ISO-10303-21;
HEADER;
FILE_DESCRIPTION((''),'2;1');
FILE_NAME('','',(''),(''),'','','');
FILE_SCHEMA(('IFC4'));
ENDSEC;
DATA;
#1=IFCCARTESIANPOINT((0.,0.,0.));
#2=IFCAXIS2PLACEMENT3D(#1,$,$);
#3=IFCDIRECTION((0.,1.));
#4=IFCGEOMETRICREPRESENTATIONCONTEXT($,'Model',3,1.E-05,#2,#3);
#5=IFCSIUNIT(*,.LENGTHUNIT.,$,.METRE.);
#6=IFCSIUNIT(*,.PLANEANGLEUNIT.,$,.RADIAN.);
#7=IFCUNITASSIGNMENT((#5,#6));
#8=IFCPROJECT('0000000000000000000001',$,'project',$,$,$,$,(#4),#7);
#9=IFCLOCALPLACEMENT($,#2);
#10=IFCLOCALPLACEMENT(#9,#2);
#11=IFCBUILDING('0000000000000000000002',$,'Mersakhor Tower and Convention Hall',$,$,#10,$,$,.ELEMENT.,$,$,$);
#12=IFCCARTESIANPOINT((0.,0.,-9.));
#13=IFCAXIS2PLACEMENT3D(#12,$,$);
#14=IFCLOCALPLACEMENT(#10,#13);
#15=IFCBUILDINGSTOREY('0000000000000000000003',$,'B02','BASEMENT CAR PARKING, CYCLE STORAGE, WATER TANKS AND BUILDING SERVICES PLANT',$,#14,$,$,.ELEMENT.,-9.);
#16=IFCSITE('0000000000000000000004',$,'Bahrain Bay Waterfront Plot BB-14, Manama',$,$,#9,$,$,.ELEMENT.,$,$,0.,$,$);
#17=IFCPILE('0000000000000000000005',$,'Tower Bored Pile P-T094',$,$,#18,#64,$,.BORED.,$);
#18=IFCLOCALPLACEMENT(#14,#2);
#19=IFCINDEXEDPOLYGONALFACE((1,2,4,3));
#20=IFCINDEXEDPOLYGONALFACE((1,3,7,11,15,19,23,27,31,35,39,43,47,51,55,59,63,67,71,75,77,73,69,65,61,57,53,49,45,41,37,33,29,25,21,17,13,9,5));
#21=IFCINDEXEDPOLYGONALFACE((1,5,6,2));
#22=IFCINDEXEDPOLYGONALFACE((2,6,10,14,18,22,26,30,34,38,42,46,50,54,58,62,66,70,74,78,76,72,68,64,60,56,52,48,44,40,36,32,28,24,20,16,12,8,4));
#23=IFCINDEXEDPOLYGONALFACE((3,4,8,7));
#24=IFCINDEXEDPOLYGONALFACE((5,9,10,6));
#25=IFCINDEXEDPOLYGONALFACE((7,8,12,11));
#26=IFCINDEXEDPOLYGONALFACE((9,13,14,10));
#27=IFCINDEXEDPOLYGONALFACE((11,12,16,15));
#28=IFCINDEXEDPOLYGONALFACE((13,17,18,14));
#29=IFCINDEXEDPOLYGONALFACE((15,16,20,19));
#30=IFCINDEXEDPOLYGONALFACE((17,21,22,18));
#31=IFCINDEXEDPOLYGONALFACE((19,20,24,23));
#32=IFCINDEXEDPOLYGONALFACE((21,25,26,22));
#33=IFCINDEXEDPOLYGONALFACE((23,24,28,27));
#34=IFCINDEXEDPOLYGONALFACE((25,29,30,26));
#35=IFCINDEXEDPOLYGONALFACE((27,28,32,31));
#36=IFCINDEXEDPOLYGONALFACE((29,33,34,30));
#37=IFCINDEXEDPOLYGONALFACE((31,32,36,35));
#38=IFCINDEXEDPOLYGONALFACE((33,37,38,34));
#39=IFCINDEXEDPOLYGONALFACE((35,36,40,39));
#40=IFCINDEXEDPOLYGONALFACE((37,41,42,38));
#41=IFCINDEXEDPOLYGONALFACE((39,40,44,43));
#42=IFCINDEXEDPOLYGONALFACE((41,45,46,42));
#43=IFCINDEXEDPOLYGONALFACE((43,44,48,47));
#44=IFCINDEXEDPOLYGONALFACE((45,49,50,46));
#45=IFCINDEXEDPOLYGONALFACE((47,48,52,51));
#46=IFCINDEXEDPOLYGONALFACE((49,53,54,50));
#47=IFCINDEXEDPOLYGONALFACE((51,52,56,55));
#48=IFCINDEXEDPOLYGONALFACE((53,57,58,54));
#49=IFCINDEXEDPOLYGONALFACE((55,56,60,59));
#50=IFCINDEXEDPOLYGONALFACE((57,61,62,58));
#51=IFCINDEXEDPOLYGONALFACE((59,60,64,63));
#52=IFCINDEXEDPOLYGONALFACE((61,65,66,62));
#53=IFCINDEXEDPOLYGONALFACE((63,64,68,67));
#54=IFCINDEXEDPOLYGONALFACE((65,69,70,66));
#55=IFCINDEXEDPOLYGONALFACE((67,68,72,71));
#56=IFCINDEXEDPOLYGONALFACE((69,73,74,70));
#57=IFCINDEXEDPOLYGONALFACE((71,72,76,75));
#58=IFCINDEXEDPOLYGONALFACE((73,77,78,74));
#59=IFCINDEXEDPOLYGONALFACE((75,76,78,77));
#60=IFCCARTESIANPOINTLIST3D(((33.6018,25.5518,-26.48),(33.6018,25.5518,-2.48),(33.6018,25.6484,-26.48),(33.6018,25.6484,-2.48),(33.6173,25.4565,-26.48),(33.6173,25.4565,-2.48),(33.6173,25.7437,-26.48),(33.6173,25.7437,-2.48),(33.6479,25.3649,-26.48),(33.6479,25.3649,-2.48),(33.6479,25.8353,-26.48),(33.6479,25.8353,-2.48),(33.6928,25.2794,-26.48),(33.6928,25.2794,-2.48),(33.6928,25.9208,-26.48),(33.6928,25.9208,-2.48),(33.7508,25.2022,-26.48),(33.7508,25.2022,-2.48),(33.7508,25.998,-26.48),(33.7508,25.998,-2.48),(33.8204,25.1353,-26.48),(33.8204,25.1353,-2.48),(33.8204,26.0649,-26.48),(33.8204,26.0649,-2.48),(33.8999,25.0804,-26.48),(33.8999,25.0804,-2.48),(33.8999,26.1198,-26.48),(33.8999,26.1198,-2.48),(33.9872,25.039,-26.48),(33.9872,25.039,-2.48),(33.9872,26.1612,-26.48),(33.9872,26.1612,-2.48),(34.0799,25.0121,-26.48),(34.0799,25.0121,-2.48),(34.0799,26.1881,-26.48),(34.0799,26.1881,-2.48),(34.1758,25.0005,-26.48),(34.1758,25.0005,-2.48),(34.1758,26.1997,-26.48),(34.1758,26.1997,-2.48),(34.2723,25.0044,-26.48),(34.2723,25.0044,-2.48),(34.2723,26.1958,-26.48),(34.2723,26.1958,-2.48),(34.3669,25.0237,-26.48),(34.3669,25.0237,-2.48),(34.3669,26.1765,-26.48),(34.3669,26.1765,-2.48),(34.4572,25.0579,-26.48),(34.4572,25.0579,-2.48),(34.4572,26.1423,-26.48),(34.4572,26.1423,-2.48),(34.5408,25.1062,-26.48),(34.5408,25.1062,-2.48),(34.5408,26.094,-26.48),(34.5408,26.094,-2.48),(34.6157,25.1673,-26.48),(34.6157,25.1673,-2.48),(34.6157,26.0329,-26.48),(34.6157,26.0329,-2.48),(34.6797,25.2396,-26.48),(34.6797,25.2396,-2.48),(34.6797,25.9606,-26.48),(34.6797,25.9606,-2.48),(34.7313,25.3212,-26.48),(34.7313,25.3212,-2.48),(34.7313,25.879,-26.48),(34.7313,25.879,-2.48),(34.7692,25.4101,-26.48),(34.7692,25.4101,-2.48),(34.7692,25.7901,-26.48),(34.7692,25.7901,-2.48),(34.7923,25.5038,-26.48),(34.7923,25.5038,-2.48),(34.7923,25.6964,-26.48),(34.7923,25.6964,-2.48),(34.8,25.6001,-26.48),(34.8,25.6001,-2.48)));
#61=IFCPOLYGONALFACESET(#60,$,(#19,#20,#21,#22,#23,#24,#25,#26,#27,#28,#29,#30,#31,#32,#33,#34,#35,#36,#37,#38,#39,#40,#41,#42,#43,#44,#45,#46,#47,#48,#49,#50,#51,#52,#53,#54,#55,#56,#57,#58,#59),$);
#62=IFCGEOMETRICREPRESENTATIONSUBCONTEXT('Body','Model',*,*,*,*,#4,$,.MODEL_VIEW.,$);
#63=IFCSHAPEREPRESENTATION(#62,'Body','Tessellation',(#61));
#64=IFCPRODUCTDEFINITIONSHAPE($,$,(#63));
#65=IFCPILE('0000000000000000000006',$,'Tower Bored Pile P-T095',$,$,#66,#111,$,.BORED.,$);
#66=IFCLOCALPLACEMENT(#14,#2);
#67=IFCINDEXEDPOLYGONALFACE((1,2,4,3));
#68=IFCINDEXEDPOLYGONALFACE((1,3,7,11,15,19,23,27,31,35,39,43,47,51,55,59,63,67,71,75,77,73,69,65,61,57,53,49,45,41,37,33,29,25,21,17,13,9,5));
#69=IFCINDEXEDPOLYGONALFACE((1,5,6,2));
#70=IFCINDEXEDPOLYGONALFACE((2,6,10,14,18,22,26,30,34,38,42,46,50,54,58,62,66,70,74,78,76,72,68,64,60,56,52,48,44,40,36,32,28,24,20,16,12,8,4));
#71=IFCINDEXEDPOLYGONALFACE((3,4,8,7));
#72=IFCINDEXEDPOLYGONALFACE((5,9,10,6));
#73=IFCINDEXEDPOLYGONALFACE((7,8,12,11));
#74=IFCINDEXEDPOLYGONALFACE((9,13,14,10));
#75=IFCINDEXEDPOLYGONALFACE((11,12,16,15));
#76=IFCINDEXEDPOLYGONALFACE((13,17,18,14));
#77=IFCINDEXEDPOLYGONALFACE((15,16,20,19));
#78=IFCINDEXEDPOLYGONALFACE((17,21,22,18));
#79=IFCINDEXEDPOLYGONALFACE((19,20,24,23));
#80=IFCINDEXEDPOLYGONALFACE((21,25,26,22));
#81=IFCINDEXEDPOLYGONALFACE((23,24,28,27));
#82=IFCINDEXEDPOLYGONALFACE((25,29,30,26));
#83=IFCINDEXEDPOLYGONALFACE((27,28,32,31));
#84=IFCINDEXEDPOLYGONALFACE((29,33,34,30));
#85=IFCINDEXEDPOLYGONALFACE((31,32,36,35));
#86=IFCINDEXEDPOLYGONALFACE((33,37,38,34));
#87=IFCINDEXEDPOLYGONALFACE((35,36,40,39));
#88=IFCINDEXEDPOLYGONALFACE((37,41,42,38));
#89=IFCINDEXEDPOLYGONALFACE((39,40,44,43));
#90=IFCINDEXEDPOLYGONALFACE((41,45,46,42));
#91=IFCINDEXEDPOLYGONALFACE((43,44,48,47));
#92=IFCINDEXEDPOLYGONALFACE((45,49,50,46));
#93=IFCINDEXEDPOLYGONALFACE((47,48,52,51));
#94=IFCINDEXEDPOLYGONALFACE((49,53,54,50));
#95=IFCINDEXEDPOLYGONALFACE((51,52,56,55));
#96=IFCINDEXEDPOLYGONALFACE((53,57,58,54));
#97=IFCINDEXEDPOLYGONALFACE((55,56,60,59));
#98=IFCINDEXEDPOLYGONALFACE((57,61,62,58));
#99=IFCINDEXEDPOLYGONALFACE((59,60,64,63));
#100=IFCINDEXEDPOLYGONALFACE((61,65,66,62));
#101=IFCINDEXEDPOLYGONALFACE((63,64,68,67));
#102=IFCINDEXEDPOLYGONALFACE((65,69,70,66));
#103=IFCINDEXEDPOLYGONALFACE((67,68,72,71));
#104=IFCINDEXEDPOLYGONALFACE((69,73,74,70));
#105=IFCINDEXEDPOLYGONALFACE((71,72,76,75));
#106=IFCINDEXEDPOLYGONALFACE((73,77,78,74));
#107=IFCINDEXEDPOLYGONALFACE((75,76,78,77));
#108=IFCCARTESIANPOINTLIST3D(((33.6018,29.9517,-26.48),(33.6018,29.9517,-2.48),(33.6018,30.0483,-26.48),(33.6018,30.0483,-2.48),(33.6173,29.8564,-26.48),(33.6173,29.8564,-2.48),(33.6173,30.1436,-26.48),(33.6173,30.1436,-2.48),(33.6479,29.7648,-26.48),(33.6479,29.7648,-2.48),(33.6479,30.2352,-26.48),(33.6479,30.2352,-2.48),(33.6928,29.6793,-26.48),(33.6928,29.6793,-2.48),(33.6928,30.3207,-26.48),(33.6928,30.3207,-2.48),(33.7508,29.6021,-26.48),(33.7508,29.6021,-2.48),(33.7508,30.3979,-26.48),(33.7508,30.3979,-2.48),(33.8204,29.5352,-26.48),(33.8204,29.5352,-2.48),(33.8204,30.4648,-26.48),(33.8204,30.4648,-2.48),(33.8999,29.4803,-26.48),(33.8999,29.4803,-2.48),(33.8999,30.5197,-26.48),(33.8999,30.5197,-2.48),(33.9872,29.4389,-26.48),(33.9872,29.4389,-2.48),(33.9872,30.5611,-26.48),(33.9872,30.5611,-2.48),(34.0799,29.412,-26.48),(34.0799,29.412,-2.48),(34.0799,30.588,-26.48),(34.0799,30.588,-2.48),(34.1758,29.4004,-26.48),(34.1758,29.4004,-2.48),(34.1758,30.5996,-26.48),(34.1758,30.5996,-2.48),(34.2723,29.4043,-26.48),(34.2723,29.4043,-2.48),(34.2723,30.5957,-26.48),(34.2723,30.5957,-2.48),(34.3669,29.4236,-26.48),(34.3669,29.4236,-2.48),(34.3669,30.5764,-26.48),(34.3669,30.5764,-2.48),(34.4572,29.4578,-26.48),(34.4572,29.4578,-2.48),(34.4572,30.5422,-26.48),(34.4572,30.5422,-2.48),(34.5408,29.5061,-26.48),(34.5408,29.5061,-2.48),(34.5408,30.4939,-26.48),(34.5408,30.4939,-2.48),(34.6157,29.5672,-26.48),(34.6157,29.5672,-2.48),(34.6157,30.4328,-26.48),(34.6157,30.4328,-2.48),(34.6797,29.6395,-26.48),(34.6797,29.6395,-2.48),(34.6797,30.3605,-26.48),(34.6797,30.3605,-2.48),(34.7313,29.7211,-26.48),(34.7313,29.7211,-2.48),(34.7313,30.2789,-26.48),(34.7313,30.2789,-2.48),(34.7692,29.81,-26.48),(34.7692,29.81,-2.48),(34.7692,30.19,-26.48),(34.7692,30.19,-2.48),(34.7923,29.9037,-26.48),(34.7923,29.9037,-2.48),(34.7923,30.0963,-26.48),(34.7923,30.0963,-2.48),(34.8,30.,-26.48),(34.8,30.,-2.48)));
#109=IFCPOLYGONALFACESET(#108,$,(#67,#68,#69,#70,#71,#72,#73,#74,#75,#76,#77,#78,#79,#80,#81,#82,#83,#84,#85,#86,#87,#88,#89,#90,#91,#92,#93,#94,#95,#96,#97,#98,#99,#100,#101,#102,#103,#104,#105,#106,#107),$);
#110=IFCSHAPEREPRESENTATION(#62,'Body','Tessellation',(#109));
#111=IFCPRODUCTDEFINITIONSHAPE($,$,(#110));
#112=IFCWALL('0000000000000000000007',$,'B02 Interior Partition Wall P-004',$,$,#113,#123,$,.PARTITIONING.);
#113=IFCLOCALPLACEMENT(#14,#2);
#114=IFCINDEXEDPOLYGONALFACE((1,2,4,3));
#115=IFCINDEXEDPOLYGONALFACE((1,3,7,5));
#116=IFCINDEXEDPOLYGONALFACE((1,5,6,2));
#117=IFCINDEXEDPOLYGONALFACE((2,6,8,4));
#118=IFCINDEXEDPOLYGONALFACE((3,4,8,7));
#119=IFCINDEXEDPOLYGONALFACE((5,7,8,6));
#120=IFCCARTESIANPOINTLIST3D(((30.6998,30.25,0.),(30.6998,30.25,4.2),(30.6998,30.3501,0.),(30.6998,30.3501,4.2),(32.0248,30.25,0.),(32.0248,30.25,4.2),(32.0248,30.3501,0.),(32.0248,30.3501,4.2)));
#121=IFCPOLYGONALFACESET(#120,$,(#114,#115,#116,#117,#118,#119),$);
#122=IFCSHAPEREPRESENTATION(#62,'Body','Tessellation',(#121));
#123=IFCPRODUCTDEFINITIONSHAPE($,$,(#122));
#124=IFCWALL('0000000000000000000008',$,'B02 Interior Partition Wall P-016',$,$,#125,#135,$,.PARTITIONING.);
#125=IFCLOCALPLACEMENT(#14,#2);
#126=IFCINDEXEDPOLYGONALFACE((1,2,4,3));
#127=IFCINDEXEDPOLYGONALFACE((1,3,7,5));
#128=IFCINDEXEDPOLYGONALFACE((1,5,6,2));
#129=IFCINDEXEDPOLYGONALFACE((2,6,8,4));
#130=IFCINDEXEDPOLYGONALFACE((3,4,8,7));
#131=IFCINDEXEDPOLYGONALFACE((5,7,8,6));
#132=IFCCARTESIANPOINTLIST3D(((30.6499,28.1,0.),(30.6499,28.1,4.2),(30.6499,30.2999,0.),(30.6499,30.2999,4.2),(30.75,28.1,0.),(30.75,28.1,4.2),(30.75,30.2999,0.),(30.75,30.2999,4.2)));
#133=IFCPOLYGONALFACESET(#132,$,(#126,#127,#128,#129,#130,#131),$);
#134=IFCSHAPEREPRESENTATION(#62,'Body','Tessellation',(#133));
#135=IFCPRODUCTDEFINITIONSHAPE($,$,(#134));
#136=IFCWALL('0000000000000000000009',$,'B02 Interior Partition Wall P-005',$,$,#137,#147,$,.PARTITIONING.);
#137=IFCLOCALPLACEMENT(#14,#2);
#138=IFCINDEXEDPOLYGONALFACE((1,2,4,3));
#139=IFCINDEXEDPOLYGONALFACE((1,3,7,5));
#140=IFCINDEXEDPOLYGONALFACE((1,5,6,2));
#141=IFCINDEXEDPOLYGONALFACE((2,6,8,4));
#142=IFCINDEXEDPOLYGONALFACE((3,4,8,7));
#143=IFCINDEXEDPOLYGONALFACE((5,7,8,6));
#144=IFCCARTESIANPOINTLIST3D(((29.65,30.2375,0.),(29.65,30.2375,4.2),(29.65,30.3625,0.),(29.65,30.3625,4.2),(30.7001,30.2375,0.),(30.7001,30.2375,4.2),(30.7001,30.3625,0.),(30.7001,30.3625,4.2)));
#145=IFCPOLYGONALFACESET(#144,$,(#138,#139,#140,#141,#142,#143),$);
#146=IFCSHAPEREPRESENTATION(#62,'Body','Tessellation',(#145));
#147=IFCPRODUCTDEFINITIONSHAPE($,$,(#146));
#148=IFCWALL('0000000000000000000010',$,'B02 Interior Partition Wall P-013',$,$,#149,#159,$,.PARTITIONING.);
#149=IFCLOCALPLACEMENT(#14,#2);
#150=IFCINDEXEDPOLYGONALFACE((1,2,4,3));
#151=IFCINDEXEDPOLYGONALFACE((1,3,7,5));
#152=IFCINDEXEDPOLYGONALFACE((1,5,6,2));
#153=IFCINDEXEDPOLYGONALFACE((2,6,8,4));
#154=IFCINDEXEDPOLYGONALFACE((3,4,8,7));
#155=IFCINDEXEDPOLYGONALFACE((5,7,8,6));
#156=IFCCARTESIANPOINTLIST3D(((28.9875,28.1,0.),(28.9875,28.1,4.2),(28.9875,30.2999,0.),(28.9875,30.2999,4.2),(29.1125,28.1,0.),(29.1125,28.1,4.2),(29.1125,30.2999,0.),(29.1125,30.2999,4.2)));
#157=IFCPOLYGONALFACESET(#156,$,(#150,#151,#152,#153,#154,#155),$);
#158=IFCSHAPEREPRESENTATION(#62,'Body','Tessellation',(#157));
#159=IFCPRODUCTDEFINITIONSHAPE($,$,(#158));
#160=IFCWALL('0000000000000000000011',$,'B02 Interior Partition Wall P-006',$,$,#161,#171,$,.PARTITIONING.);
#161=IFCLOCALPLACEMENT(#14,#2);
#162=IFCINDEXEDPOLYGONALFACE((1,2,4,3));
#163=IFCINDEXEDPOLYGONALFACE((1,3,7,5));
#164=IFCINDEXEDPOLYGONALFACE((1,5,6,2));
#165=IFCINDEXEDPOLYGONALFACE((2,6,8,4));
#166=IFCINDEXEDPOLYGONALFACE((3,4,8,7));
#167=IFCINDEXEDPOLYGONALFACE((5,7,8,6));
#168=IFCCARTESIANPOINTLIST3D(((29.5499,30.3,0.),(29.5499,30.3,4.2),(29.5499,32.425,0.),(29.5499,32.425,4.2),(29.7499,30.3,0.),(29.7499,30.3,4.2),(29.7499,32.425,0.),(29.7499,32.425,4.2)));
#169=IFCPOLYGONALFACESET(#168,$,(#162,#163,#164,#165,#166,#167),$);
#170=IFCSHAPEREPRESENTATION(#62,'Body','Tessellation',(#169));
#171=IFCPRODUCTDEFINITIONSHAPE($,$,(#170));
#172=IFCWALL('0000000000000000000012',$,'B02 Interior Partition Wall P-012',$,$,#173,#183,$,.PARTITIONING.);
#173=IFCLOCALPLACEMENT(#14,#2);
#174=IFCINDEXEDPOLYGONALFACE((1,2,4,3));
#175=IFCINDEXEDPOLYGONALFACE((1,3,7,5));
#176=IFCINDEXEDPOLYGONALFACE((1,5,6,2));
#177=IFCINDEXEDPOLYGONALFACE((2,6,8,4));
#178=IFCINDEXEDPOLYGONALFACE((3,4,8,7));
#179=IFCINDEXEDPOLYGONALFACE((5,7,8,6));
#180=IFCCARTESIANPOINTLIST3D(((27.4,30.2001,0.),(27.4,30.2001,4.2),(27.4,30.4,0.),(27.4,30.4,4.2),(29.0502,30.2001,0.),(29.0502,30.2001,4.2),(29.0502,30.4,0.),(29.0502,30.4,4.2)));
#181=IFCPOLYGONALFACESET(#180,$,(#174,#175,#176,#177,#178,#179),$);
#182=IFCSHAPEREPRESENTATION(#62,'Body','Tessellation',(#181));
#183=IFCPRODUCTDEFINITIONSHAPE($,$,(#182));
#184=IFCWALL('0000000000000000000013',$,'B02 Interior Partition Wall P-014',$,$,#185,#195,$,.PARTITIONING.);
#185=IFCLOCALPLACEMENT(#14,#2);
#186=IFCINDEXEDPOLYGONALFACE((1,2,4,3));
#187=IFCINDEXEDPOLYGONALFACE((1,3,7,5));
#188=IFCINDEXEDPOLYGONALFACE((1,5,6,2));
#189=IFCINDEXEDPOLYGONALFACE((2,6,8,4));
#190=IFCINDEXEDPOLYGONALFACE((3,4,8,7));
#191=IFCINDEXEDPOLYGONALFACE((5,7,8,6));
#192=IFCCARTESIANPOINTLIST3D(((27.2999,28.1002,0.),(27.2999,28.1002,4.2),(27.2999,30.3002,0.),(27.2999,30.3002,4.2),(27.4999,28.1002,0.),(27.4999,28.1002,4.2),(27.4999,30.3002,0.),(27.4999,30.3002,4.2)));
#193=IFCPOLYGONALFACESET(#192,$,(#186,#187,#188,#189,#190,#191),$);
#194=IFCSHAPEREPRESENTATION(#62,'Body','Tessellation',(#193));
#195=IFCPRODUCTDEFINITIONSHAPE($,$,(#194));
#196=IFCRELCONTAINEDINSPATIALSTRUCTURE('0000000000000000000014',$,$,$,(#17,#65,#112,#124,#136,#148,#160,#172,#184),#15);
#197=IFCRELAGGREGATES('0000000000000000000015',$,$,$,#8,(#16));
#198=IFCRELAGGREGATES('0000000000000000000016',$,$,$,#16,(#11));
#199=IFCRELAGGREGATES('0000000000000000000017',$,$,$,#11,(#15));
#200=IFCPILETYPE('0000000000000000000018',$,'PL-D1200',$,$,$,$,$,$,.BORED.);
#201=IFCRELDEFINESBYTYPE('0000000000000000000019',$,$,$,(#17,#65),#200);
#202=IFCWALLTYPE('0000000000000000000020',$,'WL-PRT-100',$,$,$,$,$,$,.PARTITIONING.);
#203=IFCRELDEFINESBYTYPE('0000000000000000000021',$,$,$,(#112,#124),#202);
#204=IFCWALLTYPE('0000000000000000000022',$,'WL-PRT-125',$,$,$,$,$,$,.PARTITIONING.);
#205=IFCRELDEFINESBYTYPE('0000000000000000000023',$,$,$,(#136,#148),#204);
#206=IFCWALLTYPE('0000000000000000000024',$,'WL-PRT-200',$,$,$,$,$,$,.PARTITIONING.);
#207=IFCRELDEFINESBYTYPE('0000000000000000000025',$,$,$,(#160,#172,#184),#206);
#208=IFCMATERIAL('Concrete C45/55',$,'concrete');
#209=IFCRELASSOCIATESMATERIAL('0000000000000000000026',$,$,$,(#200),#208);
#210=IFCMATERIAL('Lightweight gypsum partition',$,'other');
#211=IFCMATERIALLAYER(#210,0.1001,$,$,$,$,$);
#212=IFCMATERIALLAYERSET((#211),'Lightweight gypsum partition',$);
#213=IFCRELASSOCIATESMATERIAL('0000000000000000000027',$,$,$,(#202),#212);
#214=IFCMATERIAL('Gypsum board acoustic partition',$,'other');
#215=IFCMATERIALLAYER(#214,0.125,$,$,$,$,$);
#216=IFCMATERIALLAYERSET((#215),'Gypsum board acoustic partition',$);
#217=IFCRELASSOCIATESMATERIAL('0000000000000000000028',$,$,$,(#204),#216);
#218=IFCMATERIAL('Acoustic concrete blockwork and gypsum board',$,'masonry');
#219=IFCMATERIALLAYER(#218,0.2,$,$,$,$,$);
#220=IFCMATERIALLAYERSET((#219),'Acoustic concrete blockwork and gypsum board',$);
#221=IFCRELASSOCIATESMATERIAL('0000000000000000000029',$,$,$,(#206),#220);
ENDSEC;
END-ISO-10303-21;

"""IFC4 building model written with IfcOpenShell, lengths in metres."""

from ifc_helpers import new_model, si_unit, direction, frame, frame_2d, origin, origin_2d, place, context, subcontext, project, spatial, rectangle, circle, extrude, material, layer, layer_set, material_profile, profile_set, type_object, element, save


model = new_model("IFC4")

# Units and contexts
model_context = context("Model", 3, precision=1e-05, world=origin(), true_north=direction((0.0, 1.0)))
body_context = subcontext(model_context, "Body", "Model", "MODEL_VIEW")
ifc_project = project(units=[si_unit("LENGTHUNIT", "METRE"), si_unit("PLANEANGLEUNIT", "RADIAN")], contexts=[model_context])

# Site, building, storey
site_placement = place(None, origin())
site = spatial("IfcSite", under=ifc_project, at=site_placement, Name="Bahrain Bay Waterfront Plot BB-14, Manama", CompositionType="ELEMENT", RefElevation=0.0)
building_placement = place(site_placement, origin())
building = spatial("IfcBuilding", under=site, at=building_placement, Name="Mersakhor Tower and Convention Hall", CompositionType="ELEMENT")
storey_placement = place(building_placement, frame((0.0, 0.0, -9.0)))
storey = spatial("IfcBuildingStorey", under=building, at=storey_placement, Name="B02", Description="BASEMENT CAR PARKING, CYCLE STORAGE, WATER TANKS AND BUILDING SERVICES PLANT", CompositionType="ELEMENT", Elevation=-9.0)

# Piles
ifc_material_1 = material(Name="Concrete C45/55", Category="concrete")
ifc_material_profile = material_profile(ifc_material_1, circle(Radius=0.6001, at=origin_2d()), Name="PILE D1200")
ifc_profile_set = profile_set([ifc_material_profile], Name="Concrete C45/55")
pile_type = type_object("IfcPileType", Name="PL-D1200", PredefinedType="BORED", material=ifc_profile_set)
for number, where, z_axis, x_axis, name in (
    (1, (34.2, 25.6001, -2.48), (0.0, 0.0, -1.0), (1.0, 0.0, 0.0), "Tower Bored Pile P-T094"),
    (2, (34.2, 30.0, -2.48), (0.0, 0.0, -1.0), (1.0, 0.0, 0.0), "Tower Bored Pile P-T095"),
):
    element("IfcPile", number, at=place(storey_placement, frame(where, z_axis=z_axis, x_axis=x_axis)), inside=storey, type_object=pile_type, Name=name, PredefinedType="BORED", context=body_context, shape_type="SweptSolid", body=[
        extrude(circle(Radius=0.6001, at=origin_2d()), origin(), (0.0, 0.0, 1.0), 24.0),
    ])

# Walls
ifc_material_2 = material(Name="Lightweight gypsum partition", Category="other")
ifc_layer_1 = layer(ifc_material_2, 0.1001)
ifc_layer_set_1 = layer_set([ifc_layer_1], Name="Lightweight gypsum partition")
wall_type_1 = type_object("IfcWallType", Name="WL-PRT-100", PredefinedType="PARTITIONING", material=ifc_layer_set_1)
wall_1_placement = place(storey_placement, frame((32.0249, 30.3, 0.0), z_axis=(0.0, 0.0, 1.0), x_axis=(-1.0, 0.0, 0.0)))
element("IfcWall", 3, at=wall_1_placement, inside=storey, type_object=wall_type_1, Name="B02 Interior Partition Wall P-004", PredefinedType="PARTITIONING", context=body_context, shape_type="SweptSolid", body=[
    extrude(rectangle(XDim=1.325, YDim=0.1001, at=frame_2d((0.6626, 0.0))), origin(), (0.0, 0.0, 1.0), 4.2),
])
wall_2_placement = place(storey_placement, frame((30.7, 30.3, 0.0), z_axis=(0.0, 0.0, 1.0), x_axis=(0.0, -1.0, 0.0)))
element("IfcWall", 4, at=wall_2_placement, inside=storey, type_object=wall_type_1, Name="B02 Interior Partition Wall P-016", PredefinedType="PARTITIONING", context=body_context, shape_type="SweptSolid", body=[
    extrude(rectangle(XDim=2.2, YDim=0.1001, at=frame_2d((1.1001, 0.0))), origin(), (0.0, 0.0, 1.0), 4.2),
])
ifc_material_3 = material(Name="Gypsum board acoustic partition", Category="other")
ifc_layer_2 = layer(ifc_material_3, 0.125)
ifc_layer_set_2 = layer_set([ifc_layer_2], Name="Gypsum board acoustic partition")
wall_type_2 = type_object("IfcWallType", Name="WL-PRT-125", PredefinedType="PARTITIONING", material=ifc_layer_set_2)
wall_3_placement = place(storey_placement, frame((30.7, 30.3, 0.0), z_axis=(0.0, 0.0, 1.0), x_axis=(-1.0, 0.0, 0.0)))
element("IfcWall", 5, at=wall_3_placement, inside=storey, type_object=wall_type_2, Name="B02 Interior Partition Wall P-005", PredefinedType="PARTITIONING", context=body_context, shape_type="SweptSolid", body=[
    extrude(rectangle(XDim=1.05, YDim=0.125, at=frame_2d((0.5249, 0.0))), origin(), (0.0, 0.0, 1.0), 4.2),
])
wall_4_placement = place(storey_placement, frame((29.05, 30.3, 0.0), z_axis=(0.0, 0.0, 1.0), x_axis=(0.0, -1.0, 0.0)))
element("IfcWall", 6, at=wall_4_placement, inside=storey, type_object=wall_type_2, Name="B02 Interior Partition Wall P-013", PredefinedType="PARTITIONING", context=body_context, shape_type="SweptSolid", body=[
    extrude(rectangle(XDim=2.2, YDim=0.125, at=frame_2d((1.1001, 0.0))), origin(), (0.0, 0.0, 1.0), 4.2),
])

# Shared definitions
ifc_material_4 = material(Name="Acoustic concrete blockwork and gypsum board", Category="masonry")
ifc_layer_3 = layer(ifc_material_4, 0.2)
ifc_layer_set_3 = layer_set([ifc_layer_3], Name="Acoustic concrete blockwork and gypsum board")
wall_type_3 = type_object("IfcWallType", Name="WL-PRT-200", PredefinedType="PARTITIONING", material=ifc_layer_set_3)

# Walls
wall_5_placement = place(storey_placement, frame((29.6499, 30.3, 0.0), z_axis=(0.0, 0.0, 1.0), x_axis=(0.0, 1.0, 0.0)))
element("IfcWall", 7, at=wall_5_placement, inside=storey, type_object=wall_type_3, Name="B02 Interior Partition Wall P-006", PredefinedType="PARTITIONING", context=body_context, shape_type="SweptSolid", body=[
    extrude(rectangle(XDim=2.125, YDim=0.2, at=frame_2d((1.0625, 0.0))), origin(), (0.0, 0.0, 1.0), 4.2),
])
wall_6_placement = place(storey_placement, frame((27.3999, 30.3, 0.0), z_axis=(0.0, 0.0, 1.0), x_axis=(1.0, 0.0, 0.0)))
element("IfcWall", 8, at=wall_6_placement, inside=storey, type_object=wall_type_3, Name="B02 Interior Partition Wall P-012", PredefinedType="PARTITIONING", context=body_context, shape_type="SweptSolid", body=[
    extrude(rectangle(XDim=1.6501, YDim=0.2, at=frame_2d((0.8252, 0.0))), origin(), (0.0, 0.0, 1.0), 4.2),
])
wall_7_placement = place(storey_placement, frame((27.3999, 28.1001, 0.0), z_axis=(0.0, 0.0, 1.0), x_axis=(0.0, 1.0, 0.0)))
element("IfcWall", 9, at=wall_7_placement, inside=storey, type_object=wall_type_3, Name="B02 Interior Partition Wall P-014", PredefinedType="PARTITIONING", context=body_context, shape_type="SweptSolid", body=[
    extrude(rectangle(XDim=2.2, YDim=0.2, at=frame_2d((1.1001, 0.0))), origin(), (0.0, 0.0, 1.0), 4.2),
])

save(model, "model.ifc")
